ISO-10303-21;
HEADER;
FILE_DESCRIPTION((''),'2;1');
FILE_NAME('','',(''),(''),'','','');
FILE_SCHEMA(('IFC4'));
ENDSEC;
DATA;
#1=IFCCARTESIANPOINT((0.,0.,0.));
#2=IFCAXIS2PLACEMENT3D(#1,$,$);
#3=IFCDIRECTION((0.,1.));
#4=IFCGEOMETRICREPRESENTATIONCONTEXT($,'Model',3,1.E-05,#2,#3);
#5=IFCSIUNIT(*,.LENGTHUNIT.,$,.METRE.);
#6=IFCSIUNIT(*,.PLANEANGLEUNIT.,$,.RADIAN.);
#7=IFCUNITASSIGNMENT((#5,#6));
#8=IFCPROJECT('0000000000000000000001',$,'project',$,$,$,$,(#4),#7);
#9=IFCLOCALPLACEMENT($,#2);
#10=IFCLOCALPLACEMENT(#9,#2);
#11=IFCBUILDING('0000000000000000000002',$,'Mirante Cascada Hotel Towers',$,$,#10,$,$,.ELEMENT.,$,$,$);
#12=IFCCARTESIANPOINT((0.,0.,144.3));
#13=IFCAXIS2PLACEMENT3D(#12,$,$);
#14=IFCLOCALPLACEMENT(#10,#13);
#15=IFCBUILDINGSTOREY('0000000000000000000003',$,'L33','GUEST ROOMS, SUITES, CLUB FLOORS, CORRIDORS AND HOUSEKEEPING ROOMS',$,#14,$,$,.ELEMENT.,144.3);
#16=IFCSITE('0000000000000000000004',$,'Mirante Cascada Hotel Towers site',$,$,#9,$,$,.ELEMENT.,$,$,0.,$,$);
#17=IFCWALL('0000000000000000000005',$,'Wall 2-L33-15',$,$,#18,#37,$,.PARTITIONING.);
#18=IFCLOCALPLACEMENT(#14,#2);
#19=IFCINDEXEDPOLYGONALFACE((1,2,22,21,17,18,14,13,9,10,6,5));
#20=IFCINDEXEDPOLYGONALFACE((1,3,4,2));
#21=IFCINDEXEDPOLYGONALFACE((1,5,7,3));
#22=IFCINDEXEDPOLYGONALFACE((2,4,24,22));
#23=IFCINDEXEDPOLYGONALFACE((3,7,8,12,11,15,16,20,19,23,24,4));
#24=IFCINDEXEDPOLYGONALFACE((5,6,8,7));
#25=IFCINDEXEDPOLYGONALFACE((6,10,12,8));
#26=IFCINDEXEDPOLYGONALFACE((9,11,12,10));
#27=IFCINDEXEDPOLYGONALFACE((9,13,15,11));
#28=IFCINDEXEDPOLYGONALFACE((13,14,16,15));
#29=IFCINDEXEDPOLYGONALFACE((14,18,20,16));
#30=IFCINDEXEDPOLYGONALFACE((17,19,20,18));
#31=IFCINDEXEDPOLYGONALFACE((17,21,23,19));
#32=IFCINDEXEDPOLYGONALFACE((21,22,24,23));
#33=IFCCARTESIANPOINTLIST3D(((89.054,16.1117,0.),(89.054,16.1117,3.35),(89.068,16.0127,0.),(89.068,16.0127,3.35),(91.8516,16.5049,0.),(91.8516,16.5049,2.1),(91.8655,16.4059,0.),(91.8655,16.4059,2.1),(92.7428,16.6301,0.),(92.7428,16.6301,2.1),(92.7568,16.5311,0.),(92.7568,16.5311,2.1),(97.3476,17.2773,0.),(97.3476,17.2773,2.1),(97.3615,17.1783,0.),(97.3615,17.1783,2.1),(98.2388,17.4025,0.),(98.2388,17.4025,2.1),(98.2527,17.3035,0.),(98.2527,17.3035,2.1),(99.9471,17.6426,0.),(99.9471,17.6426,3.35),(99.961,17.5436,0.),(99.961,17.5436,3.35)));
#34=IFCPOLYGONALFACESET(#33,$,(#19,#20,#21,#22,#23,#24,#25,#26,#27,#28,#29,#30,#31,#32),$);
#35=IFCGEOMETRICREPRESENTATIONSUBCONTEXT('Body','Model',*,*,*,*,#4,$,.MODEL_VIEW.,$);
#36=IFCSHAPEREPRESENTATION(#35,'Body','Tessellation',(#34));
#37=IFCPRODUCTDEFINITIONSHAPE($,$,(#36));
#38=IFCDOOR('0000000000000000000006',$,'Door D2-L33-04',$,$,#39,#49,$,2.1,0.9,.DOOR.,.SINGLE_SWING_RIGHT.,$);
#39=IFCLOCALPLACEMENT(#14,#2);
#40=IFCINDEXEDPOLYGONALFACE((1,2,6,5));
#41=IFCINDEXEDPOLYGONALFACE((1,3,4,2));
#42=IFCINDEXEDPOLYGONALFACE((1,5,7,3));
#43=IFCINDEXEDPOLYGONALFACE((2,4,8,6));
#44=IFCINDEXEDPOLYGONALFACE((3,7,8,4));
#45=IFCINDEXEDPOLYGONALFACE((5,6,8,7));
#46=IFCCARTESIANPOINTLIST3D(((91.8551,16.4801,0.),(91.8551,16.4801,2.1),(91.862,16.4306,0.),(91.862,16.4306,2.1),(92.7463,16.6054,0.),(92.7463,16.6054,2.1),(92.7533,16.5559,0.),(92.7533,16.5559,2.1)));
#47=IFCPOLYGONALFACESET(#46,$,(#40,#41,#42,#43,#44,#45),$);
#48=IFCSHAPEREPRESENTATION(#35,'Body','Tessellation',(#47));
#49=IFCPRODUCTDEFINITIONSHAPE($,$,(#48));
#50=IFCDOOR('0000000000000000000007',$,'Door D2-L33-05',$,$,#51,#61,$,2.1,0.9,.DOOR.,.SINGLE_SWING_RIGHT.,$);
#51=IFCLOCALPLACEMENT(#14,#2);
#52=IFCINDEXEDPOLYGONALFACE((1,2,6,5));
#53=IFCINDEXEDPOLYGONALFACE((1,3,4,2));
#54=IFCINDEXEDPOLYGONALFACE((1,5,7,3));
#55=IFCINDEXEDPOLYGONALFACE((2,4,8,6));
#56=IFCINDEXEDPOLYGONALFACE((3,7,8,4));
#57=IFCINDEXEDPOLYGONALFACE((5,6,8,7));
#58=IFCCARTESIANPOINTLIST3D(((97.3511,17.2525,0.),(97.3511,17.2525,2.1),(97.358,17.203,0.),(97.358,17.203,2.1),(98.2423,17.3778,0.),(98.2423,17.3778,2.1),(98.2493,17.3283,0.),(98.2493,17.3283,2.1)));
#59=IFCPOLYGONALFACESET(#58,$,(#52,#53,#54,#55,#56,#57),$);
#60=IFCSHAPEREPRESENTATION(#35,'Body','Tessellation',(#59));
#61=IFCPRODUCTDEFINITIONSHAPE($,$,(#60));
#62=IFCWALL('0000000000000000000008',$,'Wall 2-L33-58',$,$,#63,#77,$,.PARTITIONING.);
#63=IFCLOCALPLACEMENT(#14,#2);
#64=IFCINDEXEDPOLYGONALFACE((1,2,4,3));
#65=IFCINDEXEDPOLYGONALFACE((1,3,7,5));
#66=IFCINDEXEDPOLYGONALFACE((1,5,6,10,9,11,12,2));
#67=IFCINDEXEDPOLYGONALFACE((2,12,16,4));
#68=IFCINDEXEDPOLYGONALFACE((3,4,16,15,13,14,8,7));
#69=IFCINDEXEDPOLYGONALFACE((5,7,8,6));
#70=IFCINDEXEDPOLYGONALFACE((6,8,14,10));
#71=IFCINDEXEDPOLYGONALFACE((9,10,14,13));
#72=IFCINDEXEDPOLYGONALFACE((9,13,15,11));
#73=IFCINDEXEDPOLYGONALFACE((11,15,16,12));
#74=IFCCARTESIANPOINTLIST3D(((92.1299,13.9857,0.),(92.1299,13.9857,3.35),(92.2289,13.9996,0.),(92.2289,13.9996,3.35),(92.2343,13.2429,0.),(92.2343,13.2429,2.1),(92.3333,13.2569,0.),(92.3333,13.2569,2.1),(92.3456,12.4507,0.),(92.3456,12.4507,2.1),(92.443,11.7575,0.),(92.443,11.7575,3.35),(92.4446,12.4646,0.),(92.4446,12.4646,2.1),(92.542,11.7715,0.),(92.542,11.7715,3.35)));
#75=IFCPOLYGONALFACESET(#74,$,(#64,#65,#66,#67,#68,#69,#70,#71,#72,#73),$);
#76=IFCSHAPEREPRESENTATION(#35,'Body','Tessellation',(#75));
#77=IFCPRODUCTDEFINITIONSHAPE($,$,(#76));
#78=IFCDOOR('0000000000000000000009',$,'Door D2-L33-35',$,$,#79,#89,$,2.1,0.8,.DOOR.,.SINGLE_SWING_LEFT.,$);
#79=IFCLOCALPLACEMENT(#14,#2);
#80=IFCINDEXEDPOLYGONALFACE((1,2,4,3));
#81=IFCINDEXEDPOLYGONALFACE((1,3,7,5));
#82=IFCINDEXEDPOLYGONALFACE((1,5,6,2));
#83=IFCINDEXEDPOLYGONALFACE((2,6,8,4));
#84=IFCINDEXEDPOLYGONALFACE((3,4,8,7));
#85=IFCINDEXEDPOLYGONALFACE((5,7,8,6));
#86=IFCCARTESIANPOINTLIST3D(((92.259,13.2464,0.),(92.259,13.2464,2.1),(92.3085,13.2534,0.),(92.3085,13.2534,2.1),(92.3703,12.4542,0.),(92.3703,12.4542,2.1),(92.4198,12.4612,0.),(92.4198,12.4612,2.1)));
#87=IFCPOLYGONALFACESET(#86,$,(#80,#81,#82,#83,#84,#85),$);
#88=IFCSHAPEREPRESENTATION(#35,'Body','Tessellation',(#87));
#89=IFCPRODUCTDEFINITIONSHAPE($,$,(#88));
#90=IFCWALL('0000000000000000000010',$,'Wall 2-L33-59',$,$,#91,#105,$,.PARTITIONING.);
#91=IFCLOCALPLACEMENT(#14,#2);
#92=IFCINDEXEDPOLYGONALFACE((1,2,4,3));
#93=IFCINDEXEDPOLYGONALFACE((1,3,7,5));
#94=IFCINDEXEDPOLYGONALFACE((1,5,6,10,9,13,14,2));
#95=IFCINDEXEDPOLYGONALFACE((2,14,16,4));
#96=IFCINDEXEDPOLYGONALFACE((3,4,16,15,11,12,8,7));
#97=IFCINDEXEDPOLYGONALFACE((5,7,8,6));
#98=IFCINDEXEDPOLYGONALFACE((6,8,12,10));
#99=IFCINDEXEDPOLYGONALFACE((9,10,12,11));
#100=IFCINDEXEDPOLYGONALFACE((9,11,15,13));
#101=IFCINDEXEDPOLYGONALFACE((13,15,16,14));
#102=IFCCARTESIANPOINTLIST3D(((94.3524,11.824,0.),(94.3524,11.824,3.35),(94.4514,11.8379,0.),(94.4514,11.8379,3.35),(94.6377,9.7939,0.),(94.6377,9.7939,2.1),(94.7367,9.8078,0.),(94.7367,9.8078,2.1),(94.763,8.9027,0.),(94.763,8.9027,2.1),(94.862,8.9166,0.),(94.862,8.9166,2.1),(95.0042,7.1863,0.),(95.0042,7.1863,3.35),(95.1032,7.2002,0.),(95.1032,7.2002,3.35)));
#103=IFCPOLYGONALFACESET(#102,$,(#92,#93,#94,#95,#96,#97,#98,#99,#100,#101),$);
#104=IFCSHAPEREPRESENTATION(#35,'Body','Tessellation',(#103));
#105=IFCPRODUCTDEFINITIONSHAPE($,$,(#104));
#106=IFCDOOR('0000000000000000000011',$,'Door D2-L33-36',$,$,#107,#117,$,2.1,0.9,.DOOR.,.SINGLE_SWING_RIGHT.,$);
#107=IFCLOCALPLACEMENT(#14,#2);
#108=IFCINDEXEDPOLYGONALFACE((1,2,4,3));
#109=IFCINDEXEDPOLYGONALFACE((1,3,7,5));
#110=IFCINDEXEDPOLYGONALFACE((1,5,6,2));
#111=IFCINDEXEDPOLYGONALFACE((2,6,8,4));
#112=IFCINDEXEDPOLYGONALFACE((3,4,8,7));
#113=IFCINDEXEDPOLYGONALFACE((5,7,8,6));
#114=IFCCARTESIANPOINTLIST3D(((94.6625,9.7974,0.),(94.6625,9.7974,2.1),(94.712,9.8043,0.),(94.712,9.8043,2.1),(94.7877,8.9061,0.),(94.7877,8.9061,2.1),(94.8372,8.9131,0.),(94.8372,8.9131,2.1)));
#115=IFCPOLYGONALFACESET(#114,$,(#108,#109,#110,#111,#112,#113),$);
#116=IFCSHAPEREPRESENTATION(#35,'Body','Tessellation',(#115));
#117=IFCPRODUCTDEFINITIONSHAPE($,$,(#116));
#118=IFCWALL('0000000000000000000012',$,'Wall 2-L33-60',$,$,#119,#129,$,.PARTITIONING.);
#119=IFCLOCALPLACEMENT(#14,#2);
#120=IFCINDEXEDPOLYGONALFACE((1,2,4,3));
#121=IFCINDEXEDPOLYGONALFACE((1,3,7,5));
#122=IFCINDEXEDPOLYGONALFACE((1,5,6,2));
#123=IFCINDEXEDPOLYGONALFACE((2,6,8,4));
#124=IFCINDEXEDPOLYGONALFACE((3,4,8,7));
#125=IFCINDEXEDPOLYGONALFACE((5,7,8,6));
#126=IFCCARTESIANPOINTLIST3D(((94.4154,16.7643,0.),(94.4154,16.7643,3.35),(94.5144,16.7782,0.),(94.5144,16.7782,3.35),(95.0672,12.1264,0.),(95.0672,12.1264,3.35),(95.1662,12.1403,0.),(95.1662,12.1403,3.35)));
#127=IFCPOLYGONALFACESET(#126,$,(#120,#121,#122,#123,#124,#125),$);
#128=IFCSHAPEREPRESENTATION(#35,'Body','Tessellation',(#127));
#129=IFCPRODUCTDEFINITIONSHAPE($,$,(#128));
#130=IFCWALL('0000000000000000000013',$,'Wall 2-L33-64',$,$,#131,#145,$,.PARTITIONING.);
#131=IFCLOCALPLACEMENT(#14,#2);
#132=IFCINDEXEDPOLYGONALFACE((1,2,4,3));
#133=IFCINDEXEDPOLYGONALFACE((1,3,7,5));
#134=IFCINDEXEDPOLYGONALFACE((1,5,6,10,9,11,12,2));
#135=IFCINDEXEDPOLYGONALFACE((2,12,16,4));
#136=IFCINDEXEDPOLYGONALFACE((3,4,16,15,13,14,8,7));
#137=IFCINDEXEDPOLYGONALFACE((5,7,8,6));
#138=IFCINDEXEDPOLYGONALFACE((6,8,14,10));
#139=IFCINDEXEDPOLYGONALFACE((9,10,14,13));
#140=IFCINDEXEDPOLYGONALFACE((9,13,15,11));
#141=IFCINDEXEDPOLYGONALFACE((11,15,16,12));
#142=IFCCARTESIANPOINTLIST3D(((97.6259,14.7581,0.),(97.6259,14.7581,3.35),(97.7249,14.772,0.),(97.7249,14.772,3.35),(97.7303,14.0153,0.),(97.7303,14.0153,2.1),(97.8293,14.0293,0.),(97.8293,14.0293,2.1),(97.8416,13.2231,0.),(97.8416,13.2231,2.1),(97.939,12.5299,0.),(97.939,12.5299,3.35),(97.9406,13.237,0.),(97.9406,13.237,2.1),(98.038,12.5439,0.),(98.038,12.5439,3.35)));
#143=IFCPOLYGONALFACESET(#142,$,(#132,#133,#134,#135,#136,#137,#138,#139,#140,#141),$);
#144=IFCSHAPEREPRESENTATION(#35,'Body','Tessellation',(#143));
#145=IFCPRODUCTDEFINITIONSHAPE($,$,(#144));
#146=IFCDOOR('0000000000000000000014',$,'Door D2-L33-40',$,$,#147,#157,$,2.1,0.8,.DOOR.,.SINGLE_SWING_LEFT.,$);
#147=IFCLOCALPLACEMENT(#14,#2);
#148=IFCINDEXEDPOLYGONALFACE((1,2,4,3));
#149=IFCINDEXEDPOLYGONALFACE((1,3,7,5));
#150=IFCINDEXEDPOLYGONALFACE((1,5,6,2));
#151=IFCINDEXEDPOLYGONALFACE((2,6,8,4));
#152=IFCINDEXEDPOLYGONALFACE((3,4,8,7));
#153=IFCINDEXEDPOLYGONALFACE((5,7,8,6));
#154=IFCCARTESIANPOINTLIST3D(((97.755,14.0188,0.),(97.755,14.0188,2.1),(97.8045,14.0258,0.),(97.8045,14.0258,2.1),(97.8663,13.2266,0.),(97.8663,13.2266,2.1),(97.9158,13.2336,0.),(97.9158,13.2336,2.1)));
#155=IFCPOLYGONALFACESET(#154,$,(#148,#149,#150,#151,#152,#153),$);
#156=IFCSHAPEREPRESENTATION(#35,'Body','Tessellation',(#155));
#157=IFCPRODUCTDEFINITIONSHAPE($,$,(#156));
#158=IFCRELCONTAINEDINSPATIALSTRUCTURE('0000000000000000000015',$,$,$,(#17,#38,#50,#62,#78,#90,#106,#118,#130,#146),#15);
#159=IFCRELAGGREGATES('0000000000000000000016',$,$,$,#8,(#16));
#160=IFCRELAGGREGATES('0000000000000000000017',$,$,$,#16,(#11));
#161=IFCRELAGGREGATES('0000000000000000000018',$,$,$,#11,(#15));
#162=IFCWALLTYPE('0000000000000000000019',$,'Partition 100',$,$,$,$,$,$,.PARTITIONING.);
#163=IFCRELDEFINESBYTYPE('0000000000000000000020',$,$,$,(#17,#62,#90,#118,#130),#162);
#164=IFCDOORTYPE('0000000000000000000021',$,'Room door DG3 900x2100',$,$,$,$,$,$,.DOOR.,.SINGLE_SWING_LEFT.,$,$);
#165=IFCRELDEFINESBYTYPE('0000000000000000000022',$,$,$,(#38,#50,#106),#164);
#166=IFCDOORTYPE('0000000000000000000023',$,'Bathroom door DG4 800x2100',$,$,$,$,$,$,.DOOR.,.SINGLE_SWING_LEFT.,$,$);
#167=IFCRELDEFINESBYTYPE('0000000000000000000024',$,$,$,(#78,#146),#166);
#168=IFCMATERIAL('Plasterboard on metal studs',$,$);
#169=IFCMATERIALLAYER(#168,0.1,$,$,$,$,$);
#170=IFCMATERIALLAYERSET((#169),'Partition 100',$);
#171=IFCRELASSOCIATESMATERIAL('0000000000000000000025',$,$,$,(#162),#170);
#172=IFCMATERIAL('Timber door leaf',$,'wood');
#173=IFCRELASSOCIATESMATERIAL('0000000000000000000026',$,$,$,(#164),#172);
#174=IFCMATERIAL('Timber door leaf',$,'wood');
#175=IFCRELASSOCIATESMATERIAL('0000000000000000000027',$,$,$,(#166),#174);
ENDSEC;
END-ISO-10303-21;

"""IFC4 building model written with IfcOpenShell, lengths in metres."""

from ifc_helpers import new_model, si_unit, direction, frame, frame_2d, origin, place, context, subcontext, project, spatial, rectangle, extrude, material, layer, layer_set, type_object, element, fill, save


model = new_model("IFC4")

# Units and contexts
model_context = context("Model", 3, precision=1e-05, world=origin(), true_north=direction((0.0, 1.0)))
body_context = subcontext(model_context, "Body", "Model", "MODEL_VIEW")
ifc_project = project(units=[si_unit("LENGTHUNIT", "METRE"), si_unit("PLANEANGLEUNIT", "RADIAN")], contexts=[model_context])

# Site, building, storey
site_placement = place(None, origin())
site = spatial("IfcSite", under=ifc_project, at=site_placement, Name="Mirante Cascada Hotel Towers site", CompositionType="ELEMENT", RefElevation=0.0)
building_placement = place(site_placement, origin())
building = spatial("IfcBuilding", under=site, at=building_placement, Name="Mirante Cascada Hotel Towers", CompositionType="ELEMENT")
storey_placement = place(building_placement, frame((0.0, 0.0, 144.3)))
storey = spatial("IfcBuildingStorey", under=building, at=storey_placement, Name="L33", Description="GUEST ROOMS, SUITES, CLUB FLOORS, CORRIDORS AND HOUSEKEEPING ROOMS", CompositionType="ELEMENT", Elevation=144.3)

# Shared definitions
ifc_material_1 = material(Name="Plasterboard on metal studs")
ifc_layer_1 = layer(ifc_material_1, 0.1)
ifc_layer_set_1 = layer_set([ifc_layer_1], Name="Partition 100")
wall_type_1 = type_object("IfcWallType", Name="Partition 100", PredefinedType="PARTITIONING", material=ifc_layer_set_1)

# Wall, openings, doors
wall_1_placement = place(storey_placement, frame((99.954, 17.5931, 0.0), z_axis=(0.0, 0.0, 1.0), x_axis=(-0.990268, -0.139172, 0.0)))
wall_1 = element("IfcWall", 1, at=wall_1_placement, inside=storey, type_object=wall_type_1, Name="Wall 2-L33-15", PredefinedType="PARTITIONING", context=body_context, shape_type="SweptSolid", body=[
    extrude(rectangle(XDim=11.0001, YDim=0.1, at=frame_2d((5.5, 0.0))), origin(), (0.0, 0.0, 1.0), 3.35),
])
opening_1_placement = place(wall_1_placement, frame((7.275, 0.0, 0.0)))
opening_1 = element("IfcOpeningElement", 2, at=opening_1_placement, cuts=wall_1, PredefinedType="OPENING", context=body_context, shape_type="SweptSolid", body=[
    extrude(rectangle(XDim=0.9, YDim=2.1, at=frame_2d((0.45, 1.05))), frame((0.0, 0.05, 0.0), z_axis=(0.0, -1.0, 0.0), x_axis=(1.0, 0.0, 0.0)), (0.0, 0.0, 1.0), 0.1),
])
opening_2_placement = place(wall_1_placement, frame((1.725, 0.0, 0.0)))
opening_2 = element("IfcOpeningElement", 3, at=opening_2_placement, cuts=wall_1, PredefinedType="OPENING", context=body_context, shape_type="SweptSolid", body=[
    extrude(rectangle(XDim=0.9, YDim=2.1, at=frame_2d((0.45, 1.05))), frame((0.0, 0.05, 0.0), z_axis=(0.0, -1.0, 0.0), x_axis=(1.0, 0.0, 0.0)), (0.0, 0.0, 1.0), 0.1),
])
ifc_material_2 = material(Name="Timber door leaf", Category="wood")
door_type_1 = type_object("IfcDoorType", Name="Room door DG3 900x2100", OperationType="SINGLE_SWING_LEFT", PredefinedType="DOOR", material=ifc_material_2)
door_1_placement = place(opening_1_placement, frame((0.9, 0.0, 0.0), z_axis=(0.0, 0.0, 1.0), x_axis=(-1.0, 0.0, 0.0)))
door_1 = element("IfcDoor", 4, at=door_1_placement, inside=storey, type_object=door_type_1, Name="Door D2-L33-04", OperationType="SINGLE_SWING_RIGHT", OverallHeight=2.1, OverallWidth=0.9, PredefinedType="DOOR", context=body_context, shape_type="SweptSolid", body=[
    extrude(rectangle(XDim=0.9, YDim=2.1, at=frame_2d((0.45, 1.05))), frame((0.0, 0.025, 0.0), z_axis=(0.0, -1.0, 0.0), x_axis=(1.0, 0.0, 0.0)), (0.0, 0.0, 1.0), 0.05),
])
fill(opening_1, door_1)
door_2_placement = place(opening_2_placement, frame((0.9, 0.0, 0.0), z_axis=(0.0, 0.0, 1.0), x_axis=(-1.0, 0.0, 0.0)))
door_2 = element("IfcDoor", 5, at=door_2_placement, inside=storey, type_object=door_type_1, Name="Door D2-L33-05", OperationType="SINGLE_SWING_RIGHT", OverallHeight=2.1, OverallWidth=0.9, PredefinedType="DOOR", context=body_context, shape_type="SweptSolid", body=[
    extrude(rectangle(XDim=0.9, YDim=2.1, at=frame_2d((0.45, 1.05))), frame((0.0, 0.025, 0.0), z_axis=(0.0, -1.0, 0.0), x_axis=(1.0, 0.0, 0.0)), (0.0, 0.0, 1.0), 0.05),
])
fill(opening_2, door_2)

# Walls, openings, doors
wall_2_placement = place(storey_placement, frame((92.4925, 11.7645, 0.0), z_axis=(0.0, 0.0, 1.0), x_axis=(-0.139156, 0.990271, 0.0)))
wall_2 = element("IfcWall", 6, at=wall_2_placement, inside=storey, type_object=wall_type_1, Name="Wall 2-L33-58", PredefinedType="PARTITIONING", context=body_context, shape_type="SweptSolid", body=[
    extrude(rectangle(XDim=2.25, YDim=0.1, at=frame_2d((1.125, 0.0))), origin(), (0.0, 0.0, 1.0), 3.35),
])
opening_3_placement = place(wall_2_placement, frame((0.7, 0.0, 0.0)))
opening_3 = element("IfcOpeningElement", 7, at=opening_3_placement, cuts=wall_2, PredefinedType="OPENING", context=body_context, shape_type="SweptSolid", body=[
    extrude(rectangle(XDim=0.8, YDim=2.1, at=frame_2d((0.4, 1.05))), frame((0.0, 0.05, 0.0), z_axis=(0.0, -1.0, 0.0), x_axis=(1.0, 0.0, 0.0)), (0.0, 0.0, 1.0), 0.1),
])
ifc_material_3 = material(Name="Timber door leaf", Category="wood")
door_type_2 = type_object("IfcDoorType", Name="Bathroom door DG4 800x2100", OperationType="SINGLE_SWING_LEFT", PredefinedType="DOOR", material=ifc_material_3)
door_3_placement = place(opening_3_placement, origin())
door_3 = element("IfcDoor", 8, at=door_3_placement, inside=storey, type_object=door_type_2, Name="Door D2-L33-35", OperationType="SINGLE_SWING_LEFT", OverallHeight=2.1, OverallWidth=0.8, PredefinedType="DOOR", context=body_context, shape_type="SweptSolid", body=[
    extrude(rectangle(XDim=0.8, YDim=2.1, at=frame_2d((0.4, 1.05))), frame((0.0, 0.025, 0.0), z_axis=(0.0, -1.0, 0.0), x_axis=(1.0, 0.0, 0.0)), (0.0, 0.0, 1.0), 0.05),
])
fill(opening_3, door_3)
wall_3_placement = place(storey_placement, frame((94.4019, 11.8309, 0.0), z_axis=(0.0, 0.0, 1.0), x_axis=(0.139176, -0.990268, 0.0)))
wall_3 = element("IfcWall", 9, at=wall_3_placement, inside=storey, type_object=wall_type_1, Name="Wall 2-L33-59", PredefinedType="PARTITIONING", context=body_context, shape_type="SweptSolid", body=[
    extrude(rectangle(XDim=4.6833, YDim=0.1, at=frame_2d((2.3416, 0.0))), origin(), (0.0, 0.0, 1.0), 3.35),
])
opening_4_placement = place(wall_3_placement, frame((2.05, 0.0, 0.0)))
opening_4 = element("IfcOpeningElement", 10, at=opening_4_placement, cuts=wall_3, PredefinedType="OPENING", context=body_context, shape_type="SweptSolid", body=[
    extrude(rectangle(XDim=0.9, YDim=2.1, at=frame_2d((0.45, 1.05))), frame((0.0, 0.05, 0.0), z_axis=(0.0, -1.0, 0.0), x_axis=(1.0, 0.0, 0.0)), (0.0, 0.0, 1.0), 0.1),
])
door_4_placement = place(opening_4_placement, frame((0.9, 0.0, 0.0), z_axis=(0.0, 0.0, 1.0), x_axis=(-1.0, 0.0, 0.0)))
door_4 = element("IfcDoor", 11, at=door_4_placement, inside=storey, type_object=door_type_1, Name="Door D2-L33-36", OperationType="SINGLE_SWING_RIGHT", OverallHeight=2.1, OverallWidth=0.9, PredefinedType="DOOR", context=body_context, shape_type="SweptSolid", body=[
    extrude(rectangle(XDim=0.9, YDim=2.1, at=frame_2d((0.45, 1.05))), frame((0.0, 0.025, 0.0), z_axis=(0.0, -1.0, 0.0), x_axis=(1.0, 0.0, 0.0)), (0.0, 0.0, 1.0), 0.05),
])
fill(opening_4, door_4)

# Wall
wall_4_placement = place(storey_placement, frame((95.1167, 12.1333, 0.0), z_axis=(0.0, 0.0, 1.0), x_axis=(-0.13917, 0.990268, 0.0)))
element("IfcWall", 12, at=wall_4_placement, inside=storey, type_object=wall_type_1, Name="Wall 2-L33-60", PredefinedType="PARTITIONING", context=body_context, shape_type="SweptSolid", body=[
    extrude(rectangle(XDim=4.6835, YDim=0.1, at=frame_2d((2.3418, 0.0))), origin(), (0.0, 0.0, 1.0), 3.35),
])

# Wall, opening, door
wall_5_placement = place(storey_placement, frame((97.9885, 12.5369, 0.0), z_axis=(0.0, 0.0, 1.0), x_axis=(-0.139156, 0.990271, 0.0)))
wall_5 = element("IfcWall", 13, at=wall_5_placement, inside=storey, type_object=wall_type_1, Name="Wall 2-L33-64", PredefinedType="PARTITIONING", context=body_context, shape_type="SweptSolid", body=[
    extrude(rectangle(XDim=2.25, YDim=0.1, at=frame_2d((1.125, 0.0))), origin(), (0.0, 0.0, 1.0), 3.35),
])
opening_5_placement = place(wall_5_placement, frame((0.7, 0.0, 0.0)))
opening_5 = element("IfcOpeningElement", 14, at=opening_5_placement, cuts=wall_5, PredefinedType="OPENING", context=body_context, shape_type="SweptSolid", body=[
    extrude(rectangle(XDim=0.8, YDim=2.1, at=frame_2d((0.4, 1.05))), frame((0.0, 0.05, 0.0), z_axis=(0.0, -1.0, 0.0), x_axis=(1.0, 0.0, 0.0)), (0.0, 0.0, 1.0), 0.1),
])
door_5_placement = place(opening_5_placement, origin())
door_5 = element("IfcDoor", 15, at=door_5_placement, inside=storey, type_object=door_type_2, Name="Door D2-L33-40", OperationType="SINGLE_SWING_LEFT", OverallHeight=2.1, OverallWidth=0.8, PredefinedType="DOOR", context=body_context, shape_type="SweptSolid", body=[
    extrude(rectangle(XDim=0.8, YDim=2.1, at=frame_2d((0.4, 1.05))), frame((0.0, 0.025, 0.0), z_axis=(0.0, -1.0, 0.0), x_axis=(1.0, 0.0, 0.0)), (0.0, 0.0, 1.0), 0.05),
])
fill(opening_5, door_5)

save(model, "model.ifc")
